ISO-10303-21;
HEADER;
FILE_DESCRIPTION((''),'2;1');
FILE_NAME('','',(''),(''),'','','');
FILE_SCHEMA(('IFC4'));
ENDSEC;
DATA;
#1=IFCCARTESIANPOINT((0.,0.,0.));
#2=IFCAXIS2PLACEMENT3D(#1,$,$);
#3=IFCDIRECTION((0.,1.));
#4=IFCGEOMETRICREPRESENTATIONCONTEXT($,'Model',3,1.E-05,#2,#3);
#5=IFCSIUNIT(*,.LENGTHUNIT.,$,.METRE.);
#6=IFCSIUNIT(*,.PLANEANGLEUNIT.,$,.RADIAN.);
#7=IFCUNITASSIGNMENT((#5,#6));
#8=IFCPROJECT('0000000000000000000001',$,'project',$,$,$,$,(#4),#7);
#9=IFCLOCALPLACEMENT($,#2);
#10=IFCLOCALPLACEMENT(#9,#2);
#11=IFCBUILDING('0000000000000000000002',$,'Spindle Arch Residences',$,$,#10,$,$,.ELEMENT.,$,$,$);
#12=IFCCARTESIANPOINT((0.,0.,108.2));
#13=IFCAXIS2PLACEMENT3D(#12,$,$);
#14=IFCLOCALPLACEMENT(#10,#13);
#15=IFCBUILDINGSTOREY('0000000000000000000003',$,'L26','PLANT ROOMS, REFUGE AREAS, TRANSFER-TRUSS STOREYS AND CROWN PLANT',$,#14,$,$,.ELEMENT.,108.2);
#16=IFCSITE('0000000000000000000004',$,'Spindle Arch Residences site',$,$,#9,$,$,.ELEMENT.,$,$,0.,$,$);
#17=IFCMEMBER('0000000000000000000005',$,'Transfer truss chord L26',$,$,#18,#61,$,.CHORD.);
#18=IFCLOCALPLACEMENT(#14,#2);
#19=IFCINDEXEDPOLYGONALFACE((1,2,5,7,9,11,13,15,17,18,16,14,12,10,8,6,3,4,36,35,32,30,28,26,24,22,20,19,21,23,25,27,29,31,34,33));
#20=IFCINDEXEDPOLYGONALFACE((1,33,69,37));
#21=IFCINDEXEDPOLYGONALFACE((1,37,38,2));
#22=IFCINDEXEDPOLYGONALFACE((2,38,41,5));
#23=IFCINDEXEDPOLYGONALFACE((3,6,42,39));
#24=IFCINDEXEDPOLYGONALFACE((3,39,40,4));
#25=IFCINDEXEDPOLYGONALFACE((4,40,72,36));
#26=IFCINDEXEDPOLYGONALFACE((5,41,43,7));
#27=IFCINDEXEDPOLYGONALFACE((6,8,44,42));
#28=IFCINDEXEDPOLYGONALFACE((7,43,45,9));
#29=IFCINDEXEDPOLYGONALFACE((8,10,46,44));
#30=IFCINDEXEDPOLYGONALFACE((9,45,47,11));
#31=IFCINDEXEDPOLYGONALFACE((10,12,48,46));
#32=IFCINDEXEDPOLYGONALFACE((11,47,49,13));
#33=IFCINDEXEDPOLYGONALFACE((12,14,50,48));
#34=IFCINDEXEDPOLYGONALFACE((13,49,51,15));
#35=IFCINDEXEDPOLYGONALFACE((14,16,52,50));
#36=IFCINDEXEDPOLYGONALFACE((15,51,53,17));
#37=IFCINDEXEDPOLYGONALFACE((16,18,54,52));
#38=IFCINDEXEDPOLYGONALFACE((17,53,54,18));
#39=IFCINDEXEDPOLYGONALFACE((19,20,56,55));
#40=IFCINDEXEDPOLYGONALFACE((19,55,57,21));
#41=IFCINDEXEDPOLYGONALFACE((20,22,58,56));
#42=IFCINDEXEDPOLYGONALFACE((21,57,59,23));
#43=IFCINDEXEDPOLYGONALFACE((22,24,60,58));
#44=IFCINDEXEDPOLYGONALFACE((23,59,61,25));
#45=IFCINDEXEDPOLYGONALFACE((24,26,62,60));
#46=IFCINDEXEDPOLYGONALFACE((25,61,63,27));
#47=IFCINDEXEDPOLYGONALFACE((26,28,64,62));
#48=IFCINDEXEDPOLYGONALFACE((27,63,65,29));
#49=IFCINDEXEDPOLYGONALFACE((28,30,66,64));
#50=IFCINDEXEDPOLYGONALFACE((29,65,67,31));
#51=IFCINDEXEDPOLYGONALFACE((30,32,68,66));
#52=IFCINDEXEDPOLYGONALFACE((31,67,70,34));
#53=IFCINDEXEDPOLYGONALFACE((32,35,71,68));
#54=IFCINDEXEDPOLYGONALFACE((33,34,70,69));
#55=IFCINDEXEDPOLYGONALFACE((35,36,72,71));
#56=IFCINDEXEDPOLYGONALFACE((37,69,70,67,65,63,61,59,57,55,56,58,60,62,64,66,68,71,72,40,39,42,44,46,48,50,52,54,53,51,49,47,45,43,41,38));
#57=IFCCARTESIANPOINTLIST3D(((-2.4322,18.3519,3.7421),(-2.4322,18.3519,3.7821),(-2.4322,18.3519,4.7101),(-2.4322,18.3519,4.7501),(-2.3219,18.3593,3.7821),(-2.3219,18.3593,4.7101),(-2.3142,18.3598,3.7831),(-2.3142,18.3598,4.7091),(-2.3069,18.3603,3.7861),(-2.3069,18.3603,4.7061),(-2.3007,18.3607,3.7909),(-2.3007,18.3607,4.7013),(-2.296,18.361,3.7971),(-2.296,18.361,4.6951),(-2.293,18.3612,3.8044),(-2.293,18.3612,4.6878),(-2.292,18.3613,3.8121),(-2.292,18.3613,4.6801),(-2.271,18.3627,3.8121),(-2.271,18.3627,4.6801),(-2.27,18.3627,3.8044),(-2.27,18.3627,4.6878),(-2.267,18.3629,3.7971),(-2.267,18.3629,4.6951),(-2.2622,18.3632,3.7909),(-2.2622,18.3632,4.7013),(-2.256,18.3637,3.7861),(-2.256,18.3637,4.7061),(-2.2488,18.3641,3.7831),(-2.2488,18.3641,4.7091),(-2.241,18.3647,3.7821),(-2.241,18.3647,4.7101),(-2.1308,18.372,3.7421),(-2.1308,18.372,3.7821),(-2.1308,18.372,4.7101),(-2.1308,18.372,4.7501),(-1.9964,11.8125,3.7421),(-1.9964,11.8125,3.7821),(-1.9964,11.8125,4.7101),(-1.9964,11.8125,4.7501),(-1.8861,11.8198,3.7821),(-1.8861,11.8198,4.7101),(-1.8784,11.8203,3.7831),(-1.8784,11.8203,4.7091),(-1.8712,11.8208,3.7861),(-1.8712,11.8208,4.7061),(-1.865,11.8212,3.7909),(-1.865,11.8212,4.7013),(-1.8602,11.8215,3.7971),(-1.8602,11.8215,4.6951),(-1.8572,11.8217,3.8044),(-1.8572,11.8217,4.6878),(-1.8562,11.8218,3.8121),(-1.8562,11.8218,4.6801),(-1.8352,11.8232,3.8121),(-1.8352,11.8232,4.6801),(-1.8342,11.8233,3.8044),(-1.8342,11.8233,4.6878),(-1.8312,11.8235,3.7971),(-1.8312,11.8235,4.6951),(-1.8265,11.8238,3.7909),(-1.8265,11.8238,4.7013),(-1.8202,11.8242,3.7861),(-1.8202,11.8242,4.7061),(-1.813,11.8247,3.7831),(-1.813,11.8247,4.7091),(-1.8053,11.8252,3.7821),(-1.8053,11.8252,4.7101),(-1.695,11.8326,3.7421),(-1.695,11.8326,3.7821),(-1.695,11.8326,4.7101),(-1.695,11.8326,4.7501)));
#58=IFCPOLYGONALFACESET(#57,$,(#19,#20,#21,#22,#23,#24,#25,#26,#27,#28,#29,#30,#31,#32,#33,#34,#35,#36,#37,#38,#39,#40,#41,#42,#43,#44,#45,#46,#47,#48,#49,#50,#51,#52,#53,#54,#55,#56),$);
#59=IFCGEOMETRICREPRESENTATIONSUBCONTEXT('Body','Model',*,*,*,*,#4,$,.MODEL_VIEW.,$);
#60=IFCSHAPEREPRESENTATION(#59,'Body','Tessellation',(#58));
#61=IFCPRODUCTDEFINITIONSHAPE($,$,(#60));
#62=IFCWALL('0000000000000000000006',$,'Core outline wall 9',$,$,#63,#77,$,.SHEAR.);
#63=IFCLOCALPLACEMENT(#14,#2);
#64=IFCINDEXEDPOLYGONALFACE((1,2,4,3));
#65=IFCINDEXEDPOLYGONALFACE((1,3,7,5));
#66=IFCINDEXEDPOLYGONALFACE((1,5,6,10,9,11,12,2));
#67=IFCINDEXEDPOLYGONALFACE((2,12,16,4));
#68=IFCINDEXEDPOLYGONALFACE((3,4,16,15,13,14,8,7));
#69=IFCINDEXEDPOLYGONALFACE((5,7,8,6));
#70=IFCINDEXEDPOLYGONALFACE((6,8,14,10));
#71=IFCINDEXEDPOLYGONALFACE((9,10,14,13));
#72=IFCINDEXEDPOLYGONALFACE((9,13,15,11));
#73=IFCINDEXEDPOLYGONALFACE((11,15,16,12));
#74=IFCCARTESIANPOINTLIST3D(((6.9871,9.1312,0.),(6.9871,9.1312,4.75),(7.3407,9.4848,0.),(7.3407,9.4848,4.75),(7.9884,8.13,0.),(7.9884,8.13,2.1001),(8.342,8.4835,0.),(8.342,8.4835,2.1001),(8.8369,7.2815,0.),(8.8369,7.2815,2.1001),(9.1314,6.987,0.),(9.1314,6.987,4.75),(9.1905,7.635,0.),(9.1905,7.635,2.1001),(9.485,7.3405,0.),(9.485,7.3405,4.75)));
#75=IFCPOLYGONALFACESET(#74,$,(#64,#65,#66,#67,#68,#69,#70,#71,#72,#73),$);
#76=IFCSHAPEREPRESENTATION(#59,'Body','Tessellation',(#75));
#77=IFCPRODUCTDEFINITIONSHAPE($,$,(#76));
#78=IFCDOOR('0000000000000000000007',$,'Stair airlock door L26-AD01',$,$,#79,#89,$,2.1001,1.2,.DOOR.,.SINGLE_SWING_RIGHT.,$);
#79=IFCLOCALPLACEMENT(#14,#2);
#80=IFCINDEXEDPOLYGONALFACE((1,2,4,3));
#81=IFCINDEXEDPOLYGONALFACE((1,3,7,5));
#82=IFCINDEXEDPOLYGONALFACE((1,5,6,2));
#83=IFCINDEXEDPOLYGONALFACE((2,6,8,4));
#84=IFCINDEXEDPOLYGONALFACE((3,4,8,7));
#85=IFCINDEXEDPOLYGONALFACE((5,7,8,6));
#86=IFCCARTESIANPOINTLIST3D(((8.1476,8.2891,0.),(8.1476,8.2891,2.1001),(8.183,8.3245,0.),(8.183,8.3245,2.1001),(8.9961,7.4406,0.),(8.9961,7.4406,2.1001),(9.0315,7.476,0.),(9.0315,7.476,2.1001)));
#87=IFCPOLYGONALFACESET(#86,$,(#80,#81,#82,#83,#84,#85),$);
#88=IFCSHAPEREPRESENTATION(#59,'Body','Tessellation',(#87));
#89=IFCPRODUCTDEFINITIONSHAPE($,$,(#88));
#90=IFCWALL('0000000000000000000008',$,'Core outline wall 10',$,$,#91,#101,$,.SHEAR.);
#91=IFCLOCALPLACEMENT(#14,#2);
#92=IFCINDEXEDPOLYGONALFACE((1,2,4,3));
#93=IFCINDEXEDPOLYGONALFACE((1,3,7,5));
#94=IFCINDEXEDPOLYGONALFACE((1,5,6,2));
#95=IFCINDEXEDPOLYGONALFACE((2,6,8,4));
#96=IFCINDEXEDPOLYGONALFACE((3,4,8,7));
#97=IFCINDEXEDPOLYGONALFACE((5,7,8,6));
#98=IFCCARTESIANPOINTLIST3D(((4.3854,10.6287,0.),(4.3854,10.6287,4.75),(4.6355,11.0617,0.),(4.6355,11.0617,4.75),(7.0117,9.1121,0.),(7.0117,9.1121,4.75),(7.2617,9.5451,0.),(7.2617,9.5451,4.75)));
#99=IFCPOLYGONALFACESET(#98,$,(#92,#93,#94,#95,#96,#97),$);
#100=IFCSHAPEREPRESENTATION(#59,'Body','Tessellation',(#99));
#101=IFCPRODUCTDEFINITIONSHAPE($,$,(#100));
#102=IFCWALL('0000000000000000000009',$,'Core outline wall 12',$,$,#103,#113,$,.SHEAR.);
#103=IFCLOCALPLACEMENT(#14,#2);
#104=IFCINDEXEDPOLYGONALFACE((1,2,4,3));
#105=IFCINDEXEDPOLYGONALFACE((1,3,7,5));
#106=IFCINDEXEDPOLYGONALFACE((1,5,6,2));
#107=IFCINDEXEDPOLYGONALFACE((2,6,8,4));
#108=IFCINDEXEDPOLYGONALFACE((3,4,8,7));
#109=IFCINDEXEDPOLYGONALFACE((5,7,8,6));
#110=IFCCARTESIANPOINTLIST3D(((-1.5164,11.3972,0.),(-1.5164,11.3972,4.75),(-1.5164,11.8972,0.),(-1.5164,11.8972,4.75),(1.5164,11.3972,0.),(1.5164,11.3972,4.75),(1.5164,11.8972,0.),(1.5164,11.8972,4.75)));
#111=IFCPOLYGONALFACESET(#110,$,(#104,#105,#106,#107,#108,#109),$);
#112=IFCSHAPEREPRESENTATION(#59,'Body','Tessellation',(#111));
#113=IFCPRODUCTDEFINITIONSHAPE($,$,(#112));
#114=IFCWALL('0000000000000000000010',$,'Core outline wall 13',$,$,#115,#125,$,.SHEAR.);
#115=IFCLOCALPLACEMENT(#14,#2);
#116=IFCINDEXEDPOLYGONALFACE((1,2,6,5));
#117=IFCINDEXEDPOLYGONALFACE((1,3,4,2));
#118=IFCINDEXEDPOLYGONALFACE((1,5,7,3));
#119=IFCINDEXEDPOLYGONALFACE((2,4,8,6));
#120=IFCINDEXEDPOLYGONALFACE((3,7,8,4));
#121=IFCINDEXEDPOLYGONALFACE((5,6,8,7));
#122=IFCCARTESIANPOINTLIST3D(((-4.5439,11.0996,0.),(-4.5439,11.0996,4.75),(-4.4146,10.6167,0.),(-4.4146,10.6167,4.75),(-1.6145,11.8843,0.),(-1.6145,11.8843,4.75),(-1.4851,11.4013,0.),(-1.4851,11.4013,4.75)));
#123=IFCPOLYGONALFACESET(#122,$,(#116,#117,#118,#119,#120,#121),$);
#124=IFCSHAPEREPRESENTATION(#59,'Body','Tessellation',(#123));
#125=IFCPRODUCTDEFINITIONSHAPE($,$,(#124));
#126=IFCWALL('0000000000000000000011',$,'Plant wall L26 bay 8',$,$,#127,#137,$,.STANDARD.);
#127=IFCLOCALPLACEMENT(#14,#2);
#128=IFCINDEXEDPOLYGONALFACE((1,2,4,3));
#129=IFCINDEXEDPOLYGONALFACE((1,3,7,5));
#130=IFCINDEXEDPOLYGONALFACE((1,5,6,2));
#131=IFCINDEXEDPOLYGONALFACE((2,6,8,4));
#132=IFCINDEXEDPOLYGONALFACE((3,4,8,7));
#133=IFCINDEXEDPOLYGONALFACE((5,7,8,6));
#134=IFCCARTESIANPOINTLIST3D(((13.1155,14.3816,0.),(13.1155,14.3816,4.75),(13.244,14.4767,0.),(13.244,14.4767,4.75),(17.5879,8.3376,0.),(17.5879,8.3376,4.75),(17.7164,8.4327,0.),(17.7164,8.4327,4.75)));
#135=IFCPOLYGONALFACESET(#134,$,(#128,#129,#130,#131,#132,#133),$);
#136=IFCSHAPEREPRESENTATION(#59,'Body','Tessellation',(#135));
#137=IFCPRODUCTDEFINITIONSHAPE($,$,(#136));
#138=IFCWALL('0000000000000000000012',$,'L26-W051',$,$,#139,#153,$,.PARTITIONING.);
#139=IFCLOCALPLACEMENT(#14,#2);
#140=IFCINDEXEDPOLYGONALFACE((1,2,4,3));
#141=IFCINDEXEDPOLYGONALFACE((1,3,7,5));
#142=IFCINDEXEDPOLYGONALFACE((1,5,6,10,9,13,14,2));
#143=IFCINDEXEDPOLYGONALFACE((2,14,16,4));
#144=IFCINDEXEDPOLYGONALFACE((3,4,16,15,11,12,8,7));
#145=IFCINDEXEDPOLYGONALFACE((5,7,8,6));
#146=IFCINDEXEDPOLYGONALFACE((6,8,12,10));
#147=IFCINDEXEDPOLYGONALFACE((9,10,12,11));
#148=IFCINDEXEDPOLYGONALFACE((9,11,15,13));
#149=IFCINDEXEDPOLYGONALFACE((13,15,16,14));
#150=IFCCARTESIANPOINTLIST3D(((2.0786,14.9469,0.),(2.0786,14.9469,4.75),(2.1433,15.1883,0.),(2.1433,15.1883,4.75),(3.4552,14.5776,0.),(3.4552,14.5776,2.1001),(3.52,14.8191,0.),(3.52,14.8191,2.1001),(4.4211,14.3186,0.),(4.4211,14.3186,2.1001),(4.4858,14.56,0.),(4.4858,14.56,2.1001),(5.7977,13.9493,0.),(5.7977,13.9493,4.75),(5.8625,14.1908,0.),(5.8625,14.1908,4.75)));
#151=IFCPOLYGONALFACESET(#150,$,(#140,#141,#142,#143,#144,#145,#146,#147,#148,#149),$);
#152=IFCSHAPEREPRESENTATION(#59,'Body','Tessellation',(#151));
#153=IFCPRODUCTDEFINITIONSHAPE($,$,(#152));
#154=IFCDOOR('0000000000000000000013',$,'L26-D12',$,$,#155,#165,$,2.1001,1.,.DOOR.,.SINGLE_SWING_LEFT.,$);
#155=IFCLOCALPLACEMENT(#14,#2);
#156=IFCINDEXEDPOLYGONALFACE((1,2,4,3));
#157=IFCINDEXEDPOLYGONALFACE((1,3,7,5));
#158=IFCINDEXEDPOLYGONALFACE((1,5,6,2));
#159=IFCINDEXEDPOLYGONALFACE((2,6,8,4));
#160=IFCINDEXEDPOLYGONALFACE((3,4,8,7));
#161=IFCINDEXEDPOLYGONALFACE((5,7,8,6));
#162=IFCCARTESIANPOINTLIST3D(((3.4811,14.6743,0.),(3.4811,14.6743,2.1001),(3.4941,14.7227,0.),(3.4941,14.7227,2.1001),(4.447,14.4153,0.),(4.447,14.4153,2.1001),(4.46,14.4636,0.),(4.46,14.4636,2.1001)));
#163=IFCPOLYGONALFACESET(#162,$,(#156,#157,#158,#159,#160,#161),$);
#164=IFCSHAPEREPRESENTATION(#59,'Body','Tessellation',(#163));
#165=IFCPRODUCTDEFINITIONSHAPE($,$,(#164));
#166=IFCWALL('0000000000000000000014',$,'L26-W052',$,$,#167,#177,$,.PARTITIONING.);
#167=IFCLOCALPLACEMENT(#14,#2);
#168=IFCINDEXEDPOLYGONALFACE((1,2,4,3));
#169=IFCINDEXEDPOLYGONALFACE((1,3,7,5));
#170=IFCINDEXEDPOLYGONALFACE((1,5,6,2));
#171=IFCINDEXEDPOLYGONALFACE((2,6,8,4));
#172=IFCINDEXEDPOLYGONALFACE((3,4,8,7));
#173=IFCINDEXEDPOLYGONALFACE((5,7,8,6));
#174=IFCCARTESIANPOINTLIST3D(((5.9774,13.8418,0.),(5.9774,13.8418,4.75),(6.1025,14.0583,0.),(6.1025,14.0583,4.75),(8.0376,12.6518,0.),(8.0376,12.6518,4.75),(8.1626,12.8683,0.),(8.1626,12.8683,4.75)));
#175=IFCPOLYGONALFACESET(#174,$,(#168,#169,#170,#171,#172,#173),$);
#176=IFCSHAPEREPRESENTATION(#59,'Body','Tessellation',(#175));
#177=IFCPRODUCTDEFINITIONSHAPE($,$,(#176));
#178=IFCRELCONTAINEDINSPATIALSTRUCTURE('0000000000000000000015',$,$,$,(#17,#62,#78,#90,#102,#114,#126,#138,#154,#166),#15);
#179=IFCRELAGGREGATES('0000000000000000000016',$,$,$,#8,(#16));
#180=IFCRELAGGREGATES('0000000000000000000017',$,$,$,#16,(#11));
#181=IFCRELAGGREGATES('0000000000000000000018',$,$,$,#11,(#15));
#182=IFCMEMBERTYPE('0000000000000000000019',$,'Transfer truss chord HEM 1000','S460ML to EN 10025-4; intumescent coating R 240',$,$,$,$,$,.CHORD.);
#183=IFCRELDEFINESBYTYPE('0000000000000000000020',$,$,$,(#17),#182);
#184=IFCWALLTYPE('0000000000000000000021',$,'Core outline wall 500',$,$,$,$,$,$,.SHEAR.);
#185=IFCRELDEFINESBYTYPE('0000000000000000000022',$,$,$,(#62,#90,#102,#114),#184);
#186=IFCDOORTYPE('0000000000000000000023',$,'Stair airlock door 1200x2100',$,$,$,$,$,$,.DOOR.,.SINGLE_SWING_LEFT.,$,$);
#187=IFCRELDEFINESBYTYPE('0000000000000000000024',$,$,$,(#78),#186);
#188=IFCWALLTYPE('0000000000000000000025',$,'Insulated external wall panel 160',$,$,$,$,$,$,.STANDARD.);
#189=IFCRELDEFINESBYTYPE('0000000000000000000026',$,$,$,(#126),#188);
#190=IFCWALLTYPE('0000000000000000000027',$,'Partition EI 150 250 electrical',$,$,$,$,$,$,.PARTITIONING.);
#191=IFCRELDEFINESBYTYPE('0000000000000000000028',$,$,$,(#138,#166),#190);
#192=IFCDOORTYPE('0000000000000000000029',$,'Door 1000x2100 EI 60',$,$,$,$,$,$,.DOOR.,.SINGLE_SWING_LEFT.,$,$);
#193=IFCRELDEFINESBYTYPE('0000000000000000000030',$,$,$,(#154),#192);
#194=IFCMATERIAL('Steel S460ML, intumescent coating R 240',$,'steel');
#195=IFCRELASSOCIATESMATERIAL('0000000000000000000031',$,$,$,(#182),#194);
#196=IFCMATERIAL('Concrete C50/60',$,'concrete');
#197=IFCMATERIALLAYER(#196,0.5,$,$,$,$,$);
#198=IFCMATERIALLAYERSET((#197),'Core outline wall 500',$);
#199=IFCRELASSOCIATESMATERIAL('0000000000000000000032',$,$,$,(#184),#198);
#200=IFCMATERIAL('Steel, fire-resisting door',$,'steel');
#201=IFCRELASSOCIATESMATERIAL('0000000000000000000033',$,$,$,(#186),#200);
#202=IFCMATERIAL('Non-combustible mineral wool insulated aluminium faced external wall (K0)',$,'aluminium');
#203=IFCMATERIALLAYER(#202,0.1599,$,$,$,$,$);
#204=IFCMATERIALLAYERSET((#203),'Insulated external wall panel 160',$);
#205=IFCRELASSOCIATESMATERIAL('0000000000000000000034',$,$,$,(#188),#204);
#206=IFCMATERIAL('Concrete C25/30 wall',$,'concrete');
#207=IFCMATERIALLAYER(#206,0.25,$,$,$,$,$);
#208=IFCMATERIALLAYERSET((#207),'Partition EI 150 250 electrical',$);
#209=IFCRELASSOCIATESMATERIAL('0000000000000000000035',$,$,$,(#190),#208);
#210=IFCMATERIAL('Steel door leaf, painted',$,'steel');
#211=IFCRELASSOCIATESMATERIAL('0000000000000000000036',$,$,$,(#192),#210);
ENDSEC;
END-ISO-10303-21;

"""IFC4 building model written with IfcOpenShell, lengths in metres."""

from ifc_helpers import new_model, si_unit, direction, frame, frame_2d, origin, origin_2d, place, context, subcontext, project, spatial, rectangle, i_section, extrude, material, layer, layer_set, material_profile, profile_set, type_object, element, fill, save


model = new_model("IFC4")

# Units and contexts
model_context = context("Model", 3, precision=1e-05, world=origin(), true_north=direction((0.0, 1.0)))
body_context = subcontext(model_context, "Body", "Model", "MODEL_VIEW")
ifc_project = project(units=[si_unit("LENGTHUNIT", "METRE"), si_unit("PLANEANGLEUNIT", "RADIAN")], contexts=[model_context])

# Site, building, storey
site_placement = place(None, origin())
site = spatial("IfcSite", under=ifc_project, at=site_placement, Name="Spindle Arch Residences site", CompositionType="ELEMENT", RefElevation=0.0)
building_placement = place(site_placement, origin())
building = spatial("IfcBuilding", under=site, at=building_placement, Name="Spindle Arch Residences", CompositionType="ELEMENT")
storey_placement = place(building_placement, frame((0.0, 0.0, 108.2)))
storey = spatial("IfcBuildingStorey", under=building, at=storey_placement, Name="L26", Description="PLANT ROOMS, REFUGE AREAS, TRANSFER-TRUSS STOREYS AND CROWN PLANT", CompositionType="ELEMENT", Elevation=108.2)

# Member
ifc_material_1 = material(Name="Steel S460ML, intumescent coating R 240", Category="steel")
ifc_material_profile_1 = material_profile(ifc_material_1, i_section(OverallWidth=0.302, OverallDepth=1.0081, WebThickness=0.021, FlangeThickness=0.04, FilletRadius=0.03, at=origin_2d()), Name="HEM 1000")
ifc_profile_set_1 = profile_set([ifc_material_profile_1], Name="Steel S460ML, intumescent coating R 240")
member_type_1 = type_object("IfcMemberType", Name="Transfer truss chord HEM 1000", Description="S460ML to EN 10025-4; intumescent coating R 240", PredefinedType="CHORD", material=ifc_profile_set_1)
member_1_placement = place(storey_placement, frame((-1.8457, 11.8225, 4.2461), z_axis=(-0.066492, 0.997787, 0.0), x_axis=(-0.997787, -0.066492, 0.0)))
element("IfcMember", 1, at=member_1_placement, inside=storey, type_object=member_type_1, Name="Transfer truss chord L26", PredefinedType="CHORD", context=body_context, shape_type="SweptSolid", body=[
    extrude(i_section(OverallWidth=0.302, OverallDepth=1.0081, WebThickness=0.021, FlangeThickness=0.04, FilletRadius=0.03, at=origin_2d()), origin(), (0.0, 0.0, 1.0), 6.554),
])

# Wall, opening, door
ifc_material_2 = material(Name="Concrete C50/60", Category="concrete")
ifc_layer_1 = layer(ifc_material_2, 0.5)
ifc_layer_set_1 = layer_set([ifc_layer_1], Name="Core outline wall 500")
wall_type_1 = type_object("IfcWallType", Name="Core outline wall 500", PredefinedType="SHEAR", material=ifc_layer_set_1)
wall_1_placement = place(storey_placement, frame((9.3081, 7.1638, 0.0), z_axis=(0.0, 0.0, 1.0), x_axis=(-0.707107, 0.707107, 0.0)))
wall_1 = element("IfcWall", 2, at=wall_1_placement, inside=storey, type_object=wall_type_1, Name="Core outline wall 9", PredefinedType="SHEAR", context=body_context, shape_type="SweptSolid", body=[
    extrude(rectangle(XDim=3.0325, YDim=0.5, at=frame_2d((1.5161, 0.0))), origin(), (0.0, 0.0, 1.0), 4.75),
])
opening_1_placement = place(wall_1_placement, frame((0.4163, 0.0, 0.0)))
opening_1 = element("IfcOpeningElement", 3, at=opening_1_placement, cuts=wall_1, PredefinedType="OPENING", context=body_context, shape_type="SweptSolid", body=[
    extrude(rectangle(XDim=1.2, YDim=2.1001, at=frame_2d((0.6001, 1.05))), frame((0.0, 0.26, 0.0), z_axis=(0.0, -1.0, 0.0), x_axis=(1.0, 0.0, 0.0)), (0.0, 0.0, 1.0), 0.52),
])
ifc_material_3 = material(Name="Steel, fire-resisting door", Category="steel")
door_type_1 = type_object("IfcDoorType", Name="Stair airlock door 1200x2100", OperationType="SINGLE_SWING_LEFT", PredefinedType="DOOR", material=ifc_material_3)
door_1_placement = place(opening_1_placement, origin())
door_1 = element("IfcDoor", 4, at=door_1_placement, inside=storey, type_object=door_type_1, Name="Stair airlock door L26-AD01", OperationType="SINGLE_SWING_RIGHT", OverallHeight=2.1001, OverallWidth=1.2, PredefinedType="DOOR", context=body_context, shape_type="SweptSolid", body=[
    extrude(rectangle(XDim=1.2, YDim=2.1001, at=frame_2d((0.6001, 1.05))), frame((0.0, 0.0249, 0.0), z_axis=(0.0, -1.0, 0.0), x_axis=(1.0, 0.0, 0.0)), (0.0, 0.0, 1.0), 0.05),
])
fill(opening_1, door_1)

# Wall
wall_2_placement = place(storey_placement, frame((7.1367, 9.3286, 0.0), z_axis=(0.0, 0.0, 1.0), x_axis=(-0.865975, 0.500087, 0.0)))
element("IfcWall", 5, at=wall_2_placement, inside=storey, type_object=wall_type_1, Name="Core outline wall 10", PredefinedType="SHEAR", context=body_context, shape_type="SweptSolid", body=[
    extrude(rectangle(XDim=3.0327, YDim=0.5, at=frame_2d((1.5164, 0.0))), origin(), (0.0, 0.0, 1.0), 4.75),
])

# Walls
for number, where, z_axis, x_axis, name in (
    (6, (1.5164, 11.6472, 0.0), (0.0, 0.0, 1.0), (-1.0, 0.0, 0.0), "Core outline wall 12"),
    (7, (-1.5498, 11.6428, 0.0), (0.0, 0.0, 1.0), (-0.965948, -0.258735, 0.0), "Core outline wall 13"),
):
    element("IfcWall", number, at=place(storey_placement, frame(where, z_axis=z_axis, x_axis=x_axis)), inside=storey, type_object=wall_type_1, Name=name, PredefinedType="SHEAR", context=body_context, shape_type="SweptSolid", body=[
        extrude(rectangle(XDim=3.0327, YDim=0.5, at=frame_2d((1.5164, 0.0))), origin(), (0.0, 0.0, 1.0), 4.75),
    ])
ifc_material_4 = material(Name="Non-combustible mineral wool insulated aluminium faced external wall (K0)", Category="aluminium")
ifc_layer_2 = layer(ifc_material_4, 0.1599)
ifc_layer_set_2 = layer_set([ifc_layer_2], Name="Insulated external wall panel 160")
wall_type_2 = type_object("IfcWallType", Name="Insulated external wall panel 160", PredefinedType="STANDARD", material=ifc_layer_set_2)
wall_3_placement = place(storey_placement, frame((17.6521, 8.3853, 0.0), z_axis=(0.0, 0.0, 1.0), x_axis=(-0.594834, 0.803849, 0.0)))
element("IfcWall", 8, at=wall_3_placement, inside=storey, type_object=wall_type_2, Name="Plant wall L26 bay 8", PredefinedType="STANDARD", context=body_context, shape_type="SweptSolid", body=[
    extrude(rectangle(XDim=7.5188, YDim=0.1599, at=frame_2d((3.7593, 0.0))), origin(), (0.0, 0.0, 1.0), 4.75),
])

# Wall, opening, door
ifc_material_5 = material(Name="Concrete C25/30 wall", Category="concrete")
ifc_layer_3 = layer(ifc_material_5, 0.25)
ifc_layer_set_3 = layer_set([ifc_layer_3], Name="Partition EI 150 250 electrical")
wall_type_3 = type_object("IfcWallType", Name="Partition EI 150 250 electrical", PredefinedType="PARTITIONING", material=ifc_layer_set_3)
wall_4_placement = place(storey_placement, frame((5.8301, 14.0701, 0.0), z_axis=(0.0, 0.0, 1.0), x_axis=(-0.965861, 0.259059, 0.0)))
wall_4 = element("IfcWall", 9, at=wall_4_placement, inside=storey, type_object=wall_type_3, Name="L26-W051", PredefinedType="PARTITIONING", context=body_context, shape_type="SweptSolid", body=[
    extrude(rectangle(XDim=3.8506, YDim=0.25, at=frame_2d((1.9253, 0.0))), origin(), (0.0, 0.0, 1.0), 4.75),
])
opening_2_placement = place(wall_4_placement, frame((1.4253, 0.0, 0.0)))
opening_2 = element("IfcOpeningElement", 10, at=opening_2_placement, cuts=wall_4, PredefinedType="OPENING", context=body_context, shape_type="SweptSolid", body=[
    extrude(rectangle(XDim=1.0, YDim=2.1001, at=frame_2d((0.5, 1.05))), frame((0.0, 0.135, 0.0), z_axis=(0.0, -1.0, 0.0), x_axis=(1.0, 0.0, 0.0)), (0.0, 0.0, 1.0), 0.27),
])
ifc_material_6 = material(Name="Steel door leaf, painted", Category="steel")
door_type_2 = type_object("IfcDoorType", Name="Door 1000x2100 EI 60", OperationType="SINGLE_SWING_LEFT", PredefinedType="DOOR", material=ifc_material_6)
door_2_placement = place(opening_2_placement, origin())
door_2 = element("IfcDoor", 11, at=door_2_placement, inside=storey, type_object=door_type_2, Name="L26-D12", OperationType="SINGLE_SWING_LEFT", OverallHeight=2.1001, OverallWidth=1.0, PredefinedType="DOOR", context=body_context, shape_type="SweptSolid", body=[
    extrude(rectangle(XDim=1.0, YDim=2.1001, at=frame_2d((0.5, 1.05))), frame((0.0, 0.0249, 0.0), z_axis=(0.0, -1.0, 0.0), x_axis=(1.0, 0.0, 0.0)), (0.0, 0.0, 1.0), 0.05),
])
fill(opening_2, door_2)

# Wall
wall_5_placement = place(storey_placement, frame((6.04, 13.95, 0.0), z_axis=(0.0, 0.0, 1.0), x_axis=(0.865922, -0.500178, 0.0)))
element("IfcWall", 12, at=wall_5_placement, inside=storey, type_object=wall_type_3, Name="L26-W052", PredefinedType="PARTITIONING", context=body_context, shape_type="SweptSolid", body=[
    extrude(rectangle(XDim=2.3792, YDim=0.25, at=frame_2d((1.1895, 0.0))), origin(), (0.0, 0.0, 1.0), 4.75),
])

save(model, "model.ifc")
